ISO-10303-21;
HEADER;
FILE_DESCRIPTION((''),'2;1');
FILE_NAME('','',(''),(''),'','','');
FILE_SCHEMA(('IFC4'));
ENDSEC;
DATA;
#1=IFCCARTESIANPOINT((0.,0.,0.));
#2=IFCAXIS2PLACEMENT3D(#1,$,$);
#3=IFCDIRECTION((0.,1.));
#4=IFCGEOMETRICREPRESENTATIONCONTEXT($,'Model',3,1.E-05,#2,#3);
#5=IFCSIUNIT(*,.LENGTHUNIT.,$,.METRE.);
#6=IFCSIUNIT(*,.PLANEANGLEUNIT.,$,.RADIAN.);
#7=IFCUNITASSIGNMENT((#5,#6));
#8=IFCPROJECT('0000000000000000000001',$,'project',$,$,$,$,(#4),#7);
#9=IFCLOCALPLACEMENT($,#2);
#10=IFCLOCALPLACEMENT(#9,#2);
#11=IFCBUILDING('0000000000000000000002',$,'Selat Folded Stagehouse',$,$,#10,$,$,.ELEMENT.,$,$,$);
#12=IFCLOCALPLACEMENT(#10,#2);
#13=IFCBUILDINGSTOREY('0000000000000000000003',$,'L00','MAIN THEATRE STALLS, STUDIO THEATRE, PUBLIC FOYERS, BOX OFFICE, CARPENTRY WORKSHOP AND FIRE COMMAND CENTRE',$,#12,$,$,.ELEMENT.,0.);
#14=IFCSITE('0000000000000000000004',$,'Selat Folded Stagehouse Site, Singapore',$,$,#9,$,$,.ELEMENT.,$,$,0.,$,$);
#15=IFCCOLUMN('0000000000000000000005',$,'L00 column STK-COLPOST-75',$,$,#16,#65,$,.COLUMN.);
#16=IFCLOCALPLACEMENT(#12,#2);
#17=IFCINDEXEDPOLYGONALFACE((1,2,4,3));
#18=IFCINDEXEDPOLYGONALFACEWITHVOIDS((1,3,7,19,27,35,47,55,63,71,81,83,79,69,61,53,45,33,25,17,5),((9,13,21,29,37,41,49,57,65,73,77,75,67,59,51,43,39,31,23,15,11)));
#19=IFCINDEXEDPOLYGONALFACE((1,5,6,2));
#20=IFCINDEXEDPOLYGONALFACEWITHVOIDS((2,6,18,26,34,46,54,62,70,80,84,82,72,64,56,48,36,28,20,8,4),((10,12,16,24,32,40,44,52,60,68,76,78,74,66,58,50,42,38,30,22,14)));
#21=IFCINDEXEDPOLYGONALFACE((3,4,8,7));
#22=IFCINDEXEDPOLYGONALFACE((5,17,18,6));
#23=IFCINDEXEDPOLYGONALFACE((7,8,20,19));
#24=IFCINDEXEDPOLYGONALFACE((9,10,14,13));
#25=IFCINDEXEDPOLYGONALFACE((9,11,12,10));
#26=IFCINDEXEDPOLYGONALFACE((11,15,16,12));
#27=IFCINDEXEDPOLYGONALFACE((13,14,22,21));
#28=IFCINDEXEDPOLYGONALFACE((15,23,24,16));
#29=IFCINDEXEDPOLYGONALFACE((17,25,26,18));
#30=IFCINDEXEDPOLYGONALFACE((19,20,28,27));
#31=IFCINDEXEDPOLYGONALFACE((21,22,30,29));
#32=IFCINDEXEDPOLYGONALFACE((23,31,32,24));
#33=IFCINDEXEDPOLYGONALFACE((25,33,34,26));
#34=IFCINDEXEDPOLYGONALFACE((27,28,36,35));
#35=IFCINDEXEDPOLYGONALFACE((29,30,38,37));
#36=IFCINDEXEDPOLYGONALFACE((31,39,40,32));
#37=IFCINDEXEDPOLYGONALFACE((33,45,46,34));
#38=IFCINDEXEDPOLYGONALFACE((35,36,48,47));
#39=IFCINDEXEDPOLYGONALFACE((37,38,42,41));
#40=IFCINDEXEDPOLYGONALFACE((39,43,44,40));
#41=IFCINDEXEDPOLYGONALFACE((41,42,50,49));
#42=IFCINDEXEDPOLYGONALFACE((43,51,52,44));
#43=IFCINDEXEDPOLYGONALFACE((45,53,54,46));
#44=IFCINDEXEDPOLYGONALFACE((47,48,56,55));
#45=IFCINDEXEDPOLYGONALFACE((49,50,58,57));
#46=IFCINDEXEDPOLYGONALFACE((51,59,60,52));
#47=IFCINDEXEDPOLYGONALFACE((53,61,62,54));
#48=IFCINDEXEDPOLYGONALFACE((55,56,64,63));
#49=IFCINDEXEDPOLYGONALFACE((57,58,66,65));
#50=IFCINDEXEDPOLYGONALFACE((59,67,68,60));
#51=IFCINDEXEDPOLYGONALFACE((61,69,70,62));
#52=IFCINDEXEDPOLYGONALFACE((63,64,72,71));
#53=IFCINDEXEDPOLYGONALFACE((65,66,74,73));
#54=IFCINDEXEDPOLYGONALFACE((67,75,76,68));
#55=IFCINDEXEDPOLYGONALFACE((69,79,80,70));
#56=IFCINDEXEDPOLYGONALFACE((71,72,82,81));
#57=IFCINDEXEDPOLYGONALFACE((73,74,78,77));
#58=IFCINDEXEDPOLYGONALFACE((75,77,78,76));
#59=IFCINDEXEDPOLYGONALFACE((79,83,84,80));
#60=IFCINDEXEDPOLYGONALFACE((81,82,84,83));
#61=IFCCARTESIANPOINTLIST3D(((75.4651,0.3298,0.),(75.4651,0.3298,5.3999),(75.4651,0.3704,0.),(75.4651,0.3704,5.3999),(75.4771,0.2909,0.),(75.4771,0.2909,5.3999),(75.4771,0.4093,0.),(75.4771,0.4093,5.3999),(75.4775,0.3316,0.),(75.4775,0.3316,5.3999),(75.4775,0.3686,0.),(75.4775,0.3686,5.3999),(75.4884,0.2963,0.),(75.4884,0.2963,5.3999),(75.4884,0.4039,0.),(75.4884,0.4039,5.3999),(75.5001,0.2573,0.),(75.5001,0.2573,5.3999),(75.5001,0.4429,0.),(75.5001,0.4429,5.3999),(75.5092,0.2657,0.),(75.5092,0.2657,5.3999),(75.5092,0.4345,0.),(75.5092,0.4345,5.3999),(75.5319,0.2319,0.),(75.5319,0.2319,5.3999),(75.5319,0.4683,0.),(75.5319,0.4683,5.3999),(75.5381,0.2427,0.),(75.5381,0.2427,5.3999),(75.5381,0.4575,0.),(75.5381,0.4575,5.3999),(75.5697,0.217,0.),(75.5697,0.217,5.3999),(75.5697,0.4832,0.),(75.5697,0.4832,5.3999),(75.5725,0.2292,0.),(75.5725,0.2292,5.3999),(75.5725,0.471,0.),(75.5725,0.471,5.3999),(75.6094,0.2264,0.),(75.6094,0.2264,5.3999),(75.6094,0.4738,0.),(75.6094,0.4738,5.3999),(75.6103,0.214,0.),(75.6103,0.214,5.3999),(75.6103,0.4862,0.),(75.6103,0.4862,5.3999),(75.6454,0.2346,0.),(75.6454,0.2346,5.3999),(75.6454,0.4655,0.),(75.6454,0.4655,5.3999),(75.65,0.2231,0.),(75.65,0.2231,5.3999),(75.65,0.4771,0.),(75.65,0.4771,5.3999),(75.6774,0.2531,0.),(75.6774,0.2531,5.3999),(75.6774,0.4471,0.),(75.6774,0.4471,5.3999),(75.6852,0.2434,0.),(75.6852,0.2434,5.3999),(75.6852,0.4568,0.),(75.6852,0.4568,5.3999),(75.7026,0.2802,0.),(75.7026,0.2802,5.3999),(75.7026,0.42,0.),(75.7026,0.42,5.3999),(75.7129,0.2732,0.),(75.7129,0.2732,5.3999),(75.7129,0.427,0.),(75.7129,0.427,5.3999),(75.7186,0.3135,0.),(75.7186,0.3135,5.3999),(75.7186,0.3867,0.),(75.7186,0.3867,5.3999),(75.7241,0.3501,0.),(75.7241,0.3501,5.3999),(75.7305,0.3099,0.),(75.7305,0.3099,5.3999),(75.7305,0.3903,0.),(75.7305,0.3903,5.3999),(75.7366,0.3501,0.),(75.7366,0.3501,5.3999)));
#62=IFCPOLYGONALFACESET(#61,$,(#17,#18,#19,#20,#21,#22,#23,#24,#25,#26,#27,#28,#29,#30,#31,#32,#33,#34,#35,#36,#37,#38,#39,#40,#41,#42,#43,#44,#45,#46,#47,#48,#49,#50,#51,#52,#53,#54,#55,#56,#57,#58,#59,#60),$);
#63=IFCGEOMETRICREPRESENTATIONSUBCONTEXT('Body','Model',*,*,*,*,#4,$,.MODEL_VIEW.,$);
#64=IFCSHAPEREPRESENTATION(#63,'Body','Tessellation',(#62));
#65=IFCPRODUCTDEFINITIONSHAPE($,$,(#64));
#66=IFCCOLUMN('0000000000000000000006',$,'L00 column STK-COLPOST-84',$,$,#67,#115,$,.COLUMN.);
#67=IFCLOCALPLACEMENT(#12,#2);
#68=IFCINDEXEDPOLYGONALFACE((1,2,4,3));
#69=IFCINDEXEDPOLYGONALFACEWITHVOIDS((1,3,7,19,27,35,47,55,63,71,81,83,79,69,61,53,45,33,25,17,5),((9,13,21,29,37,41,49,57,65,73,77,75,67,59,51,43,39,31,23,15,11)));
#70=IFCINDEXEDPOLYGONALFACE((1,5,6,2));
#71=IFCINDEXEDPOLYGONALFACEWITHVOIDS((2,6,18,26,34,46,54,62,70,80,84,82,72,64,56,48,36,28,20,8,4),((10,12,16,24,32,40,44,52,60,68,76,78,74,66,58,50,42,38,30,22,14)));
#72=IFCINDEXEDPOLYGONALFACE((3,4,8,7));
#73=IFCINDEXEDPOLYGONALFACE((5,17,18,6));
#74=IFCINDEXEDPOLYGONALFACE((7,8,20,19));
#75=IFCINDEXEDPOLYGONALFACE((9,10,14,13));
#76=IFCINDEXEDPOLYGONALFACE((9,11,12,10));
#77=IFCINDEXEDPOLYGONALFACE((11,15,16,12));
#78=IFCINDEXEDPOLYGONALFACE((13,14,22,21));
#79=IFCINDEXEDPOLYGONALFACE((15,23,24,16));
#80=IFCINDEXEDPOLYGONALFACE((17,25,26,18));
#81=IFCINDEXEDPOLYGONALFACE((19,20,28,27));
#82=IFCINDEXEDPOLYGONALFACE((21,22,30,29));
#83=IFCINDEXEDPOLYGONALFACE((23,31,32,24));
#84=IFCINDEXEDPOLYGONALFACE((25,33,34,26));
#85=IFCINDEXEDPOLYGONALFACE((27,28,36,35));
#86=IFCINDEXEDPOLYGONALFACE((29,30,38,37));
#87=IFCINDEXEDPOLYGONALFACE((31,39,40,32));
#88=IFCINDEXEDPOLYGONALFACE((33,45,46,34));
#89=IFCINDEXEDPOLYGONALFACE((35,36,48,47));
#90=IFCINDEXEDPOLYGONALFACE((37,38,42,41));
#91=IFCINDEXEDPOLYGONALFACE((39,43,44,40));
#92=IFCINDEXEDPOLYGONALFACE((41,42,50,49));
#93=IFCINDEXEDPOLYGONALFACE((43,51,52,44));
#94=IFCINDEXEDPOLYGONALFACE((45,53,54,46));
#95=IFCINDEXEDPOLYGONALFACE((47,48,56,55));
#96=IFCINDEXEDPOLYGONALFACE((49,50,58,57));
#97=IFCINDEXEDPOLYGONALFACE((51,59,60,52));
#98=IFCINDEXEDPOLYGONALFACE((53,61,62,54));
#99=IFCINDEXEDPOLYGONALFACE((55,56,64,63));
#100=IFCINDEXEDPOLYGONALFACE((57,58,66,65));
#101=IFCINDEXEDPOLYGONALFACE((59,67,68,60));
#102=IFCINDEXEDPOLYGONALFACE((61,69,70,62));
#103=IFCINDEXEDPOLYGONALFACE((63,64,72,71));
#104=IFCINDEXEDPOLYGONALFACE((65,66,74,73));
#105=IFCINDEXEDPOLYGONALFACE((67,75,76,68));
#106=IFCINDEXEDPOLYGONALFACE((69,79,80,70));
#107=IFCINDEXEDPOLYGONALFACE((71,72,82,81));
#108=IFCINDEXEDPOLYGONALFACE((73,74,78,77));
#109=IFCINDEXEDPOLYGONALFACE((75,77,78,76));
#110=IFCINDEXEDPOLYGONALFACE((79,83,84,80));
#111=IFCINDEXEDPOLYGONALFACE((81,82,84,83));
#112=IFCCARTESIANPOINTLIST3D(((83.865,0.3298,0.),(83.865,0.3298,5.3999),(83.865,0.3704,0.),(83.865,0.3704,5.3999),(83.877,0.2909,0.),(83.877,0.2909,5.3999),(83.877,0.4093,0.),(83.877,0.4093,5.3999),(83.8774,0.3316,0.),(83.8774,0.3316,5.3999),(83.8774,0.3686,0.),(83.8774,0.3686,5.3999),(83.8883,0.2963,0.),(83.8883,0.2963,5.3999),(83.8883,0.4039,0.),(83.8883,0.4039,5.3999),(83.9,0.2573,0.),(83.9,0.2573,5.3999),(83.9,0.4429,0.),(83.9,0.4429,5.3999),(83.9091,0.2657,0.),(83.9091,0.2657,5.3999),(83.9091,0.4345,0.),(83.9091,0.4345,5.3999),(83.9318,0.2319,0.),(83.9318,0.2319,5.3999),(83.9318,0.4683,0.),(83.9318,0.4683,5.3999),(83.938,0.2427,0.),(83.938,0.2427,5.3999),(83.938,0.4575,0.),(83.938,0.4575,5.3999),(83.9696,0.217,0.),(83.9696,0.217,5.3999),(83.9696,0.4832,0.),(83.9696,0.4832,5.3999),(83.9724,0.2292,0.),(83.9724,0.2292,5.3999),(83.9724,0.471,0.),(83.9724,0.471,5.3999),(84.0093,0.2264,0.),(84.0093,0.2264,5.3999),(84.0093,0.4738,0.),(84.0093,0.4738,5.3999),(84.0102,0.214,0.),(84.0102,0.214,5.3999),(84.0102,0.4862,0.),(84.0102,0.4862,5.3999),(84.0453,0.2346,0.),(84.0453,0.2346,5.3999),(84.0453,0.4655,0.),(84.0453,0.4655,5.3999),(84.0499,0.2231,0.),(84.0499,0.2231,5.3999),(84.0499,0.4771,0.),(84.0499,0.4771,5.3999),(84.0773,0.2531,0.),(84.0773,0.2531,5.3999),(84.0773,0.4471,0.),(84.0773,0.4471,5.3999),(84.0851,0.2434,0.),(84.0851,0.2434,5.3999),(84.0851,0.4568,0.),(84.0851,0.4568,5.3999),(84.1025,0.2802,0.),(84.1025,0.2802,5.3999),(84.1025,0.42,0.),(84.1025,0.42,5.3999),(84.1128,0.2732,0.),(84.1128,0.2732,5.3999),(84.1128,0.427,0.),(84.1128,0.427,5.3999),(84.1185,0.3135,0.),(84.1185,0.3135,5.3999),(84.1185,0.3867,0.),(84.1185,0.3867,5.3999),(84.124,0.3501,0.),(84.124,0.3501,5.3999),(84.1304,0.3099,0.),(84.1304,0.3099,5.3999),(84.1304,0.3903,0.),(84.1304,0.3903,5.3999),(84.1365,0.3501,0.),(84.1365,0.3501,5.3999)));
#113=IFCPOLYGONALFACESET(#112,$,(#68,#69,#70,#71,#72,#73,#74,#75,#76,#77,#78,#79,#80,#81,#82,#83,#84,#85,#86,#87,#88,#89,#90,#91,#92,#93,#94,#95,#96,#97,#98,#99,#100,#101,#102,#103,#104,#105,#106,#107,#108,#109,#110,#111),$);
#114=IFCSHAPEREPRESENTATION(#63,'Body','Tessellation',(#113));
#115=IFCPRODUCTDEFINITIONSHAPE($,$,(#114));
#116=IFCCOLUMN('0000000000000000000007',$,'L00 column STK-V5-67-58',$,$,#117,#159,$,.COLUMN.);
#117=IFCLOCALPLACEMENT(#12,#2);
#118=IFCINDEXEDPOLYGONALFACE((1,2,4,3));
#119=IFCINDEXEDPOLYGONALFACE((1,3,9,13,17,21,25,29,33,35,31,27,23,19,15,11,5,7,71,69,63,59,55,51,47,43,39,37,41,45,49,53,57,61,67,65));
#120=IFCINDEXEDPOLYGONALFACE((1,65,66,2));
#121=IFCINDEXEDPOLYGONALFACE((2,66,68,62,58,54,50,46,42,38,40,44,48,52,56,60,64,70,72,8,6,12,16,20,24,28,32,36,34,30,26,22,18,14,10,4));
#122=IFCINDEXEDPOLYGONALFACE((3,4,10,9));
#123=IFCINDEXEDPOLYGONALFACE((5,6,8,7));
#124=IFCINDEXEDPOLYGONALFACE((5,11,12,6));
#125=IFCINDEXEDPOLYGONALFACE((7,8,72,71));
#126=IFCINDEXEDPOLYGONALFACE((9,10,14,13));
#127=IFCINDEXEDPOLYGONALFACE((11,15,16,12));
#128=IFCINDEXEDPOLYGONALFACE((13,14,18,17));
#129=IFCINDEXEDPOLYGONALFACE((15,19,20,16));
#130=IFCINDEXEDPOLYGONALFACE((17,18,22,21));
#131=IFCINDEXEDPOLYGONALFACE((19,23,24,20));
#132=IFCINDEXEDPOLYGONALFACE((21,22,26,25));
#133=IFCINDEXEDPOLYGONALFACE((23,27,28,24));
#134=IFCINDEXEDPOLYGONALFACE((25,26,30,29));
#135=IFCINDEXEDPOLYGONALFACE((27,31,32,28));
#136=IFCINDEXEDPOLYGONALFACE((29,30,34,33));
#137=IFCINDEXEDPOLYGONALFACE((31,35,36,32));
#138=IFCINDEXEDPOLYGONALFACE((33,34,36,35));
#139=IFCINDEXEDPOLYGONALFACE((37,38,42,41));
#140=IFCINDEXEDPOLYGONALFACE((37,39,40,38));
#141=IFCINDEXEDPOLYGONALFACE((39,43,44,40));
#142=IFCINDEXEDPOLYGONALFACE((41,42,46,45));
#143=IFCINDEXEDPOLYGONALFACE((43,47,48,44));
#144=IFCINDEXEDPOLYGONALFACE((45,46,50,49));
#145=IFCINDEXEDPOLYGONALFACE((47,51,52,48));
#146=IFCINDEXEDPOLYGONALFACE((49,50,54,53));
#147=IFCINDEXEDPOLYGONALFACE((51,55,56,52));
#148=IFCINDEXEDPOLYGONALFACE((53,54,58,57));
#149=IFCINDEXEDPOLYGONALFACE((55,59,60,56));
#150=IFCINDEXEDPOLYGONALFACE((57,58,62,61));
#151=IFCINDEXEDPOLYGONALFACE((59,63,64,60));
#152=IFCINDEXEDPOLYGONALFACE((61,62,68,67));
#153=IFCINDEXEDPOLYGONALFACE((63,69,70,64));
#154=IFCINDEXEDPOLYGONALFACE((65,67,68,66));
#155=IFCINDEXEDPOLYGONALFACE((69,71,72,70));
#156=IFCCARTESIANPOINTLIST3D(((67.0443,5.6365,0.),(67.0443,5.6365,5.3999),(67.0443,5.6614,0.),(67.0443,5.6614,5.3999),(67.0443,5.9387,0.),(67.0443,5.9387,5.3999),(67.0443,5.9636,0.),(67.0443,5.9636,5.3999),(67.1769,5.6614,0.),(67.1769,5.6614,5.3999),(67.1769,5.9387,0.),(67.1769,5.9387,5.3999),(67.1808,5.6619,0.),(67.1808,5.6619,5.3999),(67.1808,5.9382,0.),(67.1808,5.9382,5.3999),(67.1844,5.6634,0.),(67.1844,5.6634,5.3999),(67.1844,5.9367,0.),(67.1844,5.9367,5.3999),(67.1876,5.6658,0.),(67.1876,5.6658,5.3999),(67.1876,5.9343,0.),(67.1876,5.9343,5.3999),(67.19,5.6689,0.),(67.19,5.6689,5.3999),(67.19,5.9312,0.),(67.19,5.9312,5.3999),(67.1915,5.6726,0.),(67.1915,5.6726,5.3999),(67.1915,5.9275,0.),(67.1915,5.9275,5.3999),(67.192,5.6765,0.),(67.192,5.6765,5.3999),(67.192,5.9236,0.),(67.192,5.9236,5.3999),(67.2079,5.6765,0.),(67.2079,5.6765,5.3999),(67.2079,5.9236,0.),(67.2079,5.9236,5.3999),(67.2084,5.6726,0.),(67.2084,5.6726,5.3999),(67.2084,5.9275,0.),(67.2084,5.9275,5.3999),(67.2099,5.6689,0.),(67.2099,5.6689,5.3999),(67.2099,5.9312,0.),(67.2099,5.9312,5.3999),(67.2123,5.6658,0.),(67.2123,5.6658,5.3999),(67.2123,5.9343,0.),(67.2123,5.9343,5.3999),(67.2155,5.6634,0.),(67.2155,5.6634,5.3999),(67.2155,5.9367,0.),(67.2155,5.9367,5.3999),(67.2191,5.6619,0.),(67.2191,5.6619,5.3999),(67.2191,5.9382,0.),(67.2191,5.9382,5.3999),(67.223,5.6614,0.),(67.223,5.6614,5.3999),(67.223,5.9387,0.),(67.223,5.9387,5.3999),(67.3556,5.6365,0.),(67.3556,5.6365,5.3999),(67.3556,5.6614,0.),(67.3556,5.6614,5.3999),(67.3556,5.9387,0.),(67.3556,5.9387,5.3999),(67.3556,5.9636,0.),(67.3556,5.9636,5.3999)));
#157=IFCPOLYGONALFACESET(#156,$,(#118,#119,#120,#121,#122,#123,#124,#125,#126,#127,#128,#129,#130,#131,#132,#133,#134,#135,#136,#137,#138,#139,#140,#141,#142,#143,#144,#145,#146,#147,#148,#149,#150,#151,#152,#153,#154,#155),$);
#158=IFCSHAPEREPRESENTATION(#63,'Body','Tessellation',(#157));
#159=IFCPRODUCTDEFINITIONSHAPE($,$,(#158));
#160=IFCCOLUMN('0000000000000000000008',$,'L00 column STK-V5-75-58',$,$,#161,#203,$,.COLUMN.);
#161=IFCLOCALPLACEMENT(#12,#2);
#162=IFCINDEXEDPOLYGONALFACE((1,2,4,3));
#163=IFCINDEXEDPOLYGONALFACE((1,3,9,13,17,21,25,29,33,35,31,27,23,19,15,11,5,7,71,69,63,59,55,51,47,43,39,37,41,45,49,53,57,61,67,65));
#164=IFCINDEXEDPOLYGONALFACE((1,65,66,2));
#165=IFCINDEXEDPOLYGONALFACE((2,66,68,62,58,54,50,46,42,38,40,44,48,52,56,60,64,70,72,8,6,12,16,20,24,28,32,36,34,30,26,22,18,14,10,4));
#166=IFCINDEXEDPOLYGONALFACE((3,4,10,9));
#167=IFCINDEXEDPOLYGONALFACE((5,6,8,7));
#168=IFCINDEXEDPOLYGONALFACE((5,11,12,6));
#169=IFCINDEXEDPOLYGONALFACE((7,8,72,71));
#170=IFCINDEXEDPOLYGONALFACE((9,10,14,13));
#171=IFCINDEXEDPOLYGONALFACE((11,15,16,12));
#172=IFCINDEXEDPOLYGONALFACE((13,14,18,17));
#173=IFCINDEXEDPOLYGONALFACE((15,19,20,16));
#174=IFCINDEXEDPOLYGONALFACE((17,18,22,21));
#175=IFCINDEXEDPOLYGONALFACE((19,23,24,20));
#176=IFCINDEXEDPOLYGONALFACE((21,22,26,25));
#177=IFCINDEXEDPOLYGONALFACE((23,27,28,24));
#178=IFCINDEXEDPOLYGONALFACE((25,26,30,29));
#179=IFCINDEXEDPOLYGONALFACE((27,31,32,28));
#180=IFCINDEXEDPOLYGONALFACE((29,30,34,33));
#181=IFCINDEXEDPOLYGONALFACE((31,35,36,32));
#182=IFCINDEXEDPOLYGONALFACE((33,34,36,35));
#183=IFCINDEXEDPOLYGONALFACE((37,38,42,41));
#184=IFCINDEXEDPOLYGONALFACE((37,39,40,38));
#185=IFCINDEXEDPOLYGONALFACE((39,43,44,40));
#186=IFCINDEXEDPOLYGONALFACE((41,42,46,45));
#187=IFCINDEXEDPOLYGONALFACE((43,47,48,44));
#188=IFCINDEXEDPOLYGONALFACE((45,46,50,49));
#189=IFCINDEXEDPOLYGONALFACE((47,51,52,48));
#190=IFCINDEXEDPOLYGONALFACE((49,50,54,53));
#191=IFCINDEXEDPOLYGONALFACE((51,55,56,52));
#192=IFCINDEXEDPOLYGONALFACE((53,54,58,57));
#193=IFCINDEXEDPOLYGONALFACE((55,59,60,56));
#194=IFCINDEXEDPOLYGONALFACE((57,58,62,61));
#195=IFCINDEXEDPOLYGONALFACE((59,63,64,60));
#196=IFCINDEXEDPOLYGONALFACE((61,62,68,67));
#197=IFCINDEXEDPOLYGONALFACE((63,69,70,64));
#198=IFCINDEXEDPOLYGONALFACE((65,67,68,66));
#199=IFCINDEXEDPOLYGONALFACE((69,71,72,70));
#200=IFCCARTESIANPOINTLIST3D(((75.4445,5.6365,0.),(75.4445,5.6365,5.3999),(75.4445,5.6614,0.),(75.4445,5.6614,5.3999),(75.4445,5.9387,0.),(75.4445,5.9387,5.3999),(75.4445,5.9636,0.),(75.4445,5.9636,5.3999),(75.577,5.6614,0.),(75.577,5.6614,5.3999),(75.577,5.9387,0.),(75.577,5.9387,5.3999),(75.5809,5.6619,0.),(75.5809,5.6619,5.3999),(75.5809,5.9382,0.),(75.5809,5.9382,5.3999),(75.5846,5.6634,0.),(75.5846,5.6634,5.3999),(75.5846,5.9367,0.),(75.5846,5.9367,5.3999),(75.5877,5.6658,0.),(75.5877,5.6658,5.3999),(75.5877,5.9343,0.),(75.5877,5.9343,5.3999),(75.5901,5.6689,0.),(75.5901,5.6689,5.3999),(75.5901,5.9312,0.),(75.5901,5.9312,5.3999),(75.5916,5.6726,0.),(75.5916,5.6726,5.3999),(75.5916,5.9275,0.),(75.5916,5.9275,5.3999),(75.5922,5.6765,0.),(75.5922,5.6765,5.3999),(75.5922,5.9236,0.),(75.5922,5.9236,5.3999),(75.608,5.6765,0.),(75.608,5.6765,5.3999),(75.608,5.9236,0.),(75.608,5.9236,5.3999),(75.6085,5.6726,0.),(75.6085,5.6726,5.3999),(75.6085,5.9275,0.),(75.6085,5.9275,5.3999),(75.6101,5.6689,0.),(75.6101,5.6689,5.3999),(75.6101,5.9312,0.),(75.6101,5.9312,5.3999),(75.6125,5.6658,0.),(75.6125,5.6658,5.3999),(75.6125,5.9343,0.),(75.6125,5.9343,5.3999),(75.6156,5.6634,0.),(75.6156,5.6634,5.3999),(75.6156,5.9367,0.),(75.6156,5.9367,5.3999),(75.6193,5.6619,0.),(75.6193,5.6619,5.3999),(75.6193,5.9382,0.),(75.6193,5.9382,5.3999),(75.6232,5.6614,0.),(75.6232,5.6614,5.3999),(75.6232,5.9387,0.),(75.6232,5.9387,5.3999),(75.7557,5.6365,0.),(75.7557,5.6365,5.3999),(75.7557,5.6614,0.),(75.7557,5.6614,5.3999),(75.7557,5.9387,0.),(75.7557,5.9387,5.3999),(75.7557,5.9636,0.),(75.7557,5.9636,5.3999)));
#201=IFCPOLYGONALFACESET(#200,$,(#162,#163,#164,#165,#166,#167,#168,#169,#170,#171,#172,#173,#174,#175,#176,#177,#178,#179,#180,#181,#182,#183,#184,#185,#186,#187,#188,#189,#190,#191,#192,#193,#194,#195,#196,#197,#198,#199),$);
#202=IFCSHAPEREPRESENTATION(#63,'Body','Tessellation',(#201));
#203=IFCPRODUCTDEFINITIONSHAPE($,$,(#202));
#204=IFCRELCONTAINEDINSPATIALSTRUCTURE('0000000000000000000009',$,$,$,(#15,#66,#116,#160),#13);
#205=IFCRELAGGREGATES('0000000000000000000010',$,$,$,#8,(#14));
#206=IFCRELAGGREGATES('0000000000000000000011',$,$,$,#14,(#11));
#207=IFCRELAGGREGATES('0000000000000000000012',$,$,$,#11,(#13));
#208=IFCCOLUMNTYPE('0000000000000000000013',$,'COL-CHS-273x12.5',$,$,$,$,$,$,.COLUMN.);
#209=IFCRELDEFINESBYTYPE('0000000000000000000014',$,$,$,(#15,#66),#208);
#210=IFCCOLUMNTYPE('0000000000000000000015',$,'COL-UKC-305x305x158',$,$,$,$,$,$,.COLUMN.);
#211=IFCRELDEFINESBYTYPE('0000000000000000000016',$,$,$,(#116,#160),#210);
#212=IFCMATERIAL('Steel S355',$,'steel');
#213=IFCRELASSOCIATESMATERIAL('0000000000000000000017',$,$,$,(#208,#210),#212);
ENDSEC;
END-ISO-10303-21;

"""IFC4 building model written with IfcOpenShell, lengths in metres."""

from ifc_helpers import new_model, si_unit, direction, frame, origin, origin_2d, place, context, subcontext, project, spatial, hollow_circle, i_section, extrude, material, material_profile, profile_set, type_object, element, save


model = new_model("IFC4")

# Units and contexts
model_context = context("Model", 3, precision=1e-05, world=origin(), true_north=direction((0.0, 1.0)))
body_context = subcontext(model_context, "Body", "Model", "MODEL_VIEW")
ifc_project = project(units=[si_unit("LENGTHUNIT", "METRE"), si_unit("PLANEANGLEUNIT", "RADIAN")], contexts=[model_context])

# Site, building, storey
site_placement = place(None, origin())
site = spatial("IfcSite", under=ifc_project, at=site_placement, Name="Selat Folded Stagehouse Site, Singapore", CompositionType="ELEMENT", RefElevation=0.0)
building_placement = place(site_placement, origin())
building = spatial("IfcBuilding", under=site, at=building_placement, Name="Selat Folded Stagehouse", CompositionType="ELEMENT")
storey_placement = place(building_placement, origin())
storey = spatial("IfcBuildingStorey", under=building, at=storey_placement, Name="L00", Description="MAIN THEATRE STALLS, STUDIO THEATRE, PUBLIC FOYERS, BOX OFFICE, CARPENTRY WORKSHOP AND FIRE COMMAND CENTRE", CompositionType="ELEMENT", Elevation=0.0)

# Columns
ifc_material_1 = material(Name="Steel S355", Category="steel")
ifc_material_profile_1 = material_profile(ifc_material_1, hollow_circle(Radius=0.1365, WallThickness=0.0125, at=origin_2d()), Name="CHS 273.0x12.5")
ifc_profile_set_1 = profile_set([ifc_material_profile_1], Name="Steel S355")
column_type_1 = type_object("IfcColumnType", Name="COL-CHS-273x12.5", PredefinedType="COLUMN", material=ifc_profile_set_1)
for number, where, z_axis, x_axis, name in (
    (1, (75.6001, 0.3501, 0.0), (0.0, 0.0, 1.0), (1.0, 0.0, 0.0), "L00 column STK-COLPOST-75"),
    (2, (84.0, 0.3501, 0.0), (0.0, 0.0, 1.0), (1.0, 0.0, 0.0), "L00 column STK-COLPOST-84"),
):
    element("IfcColumn", number, at=place(storey_placement, frame(where, z_axis=z_axis, x_axis=x_axis)), inside=storey, type_object=column_type_1, Name=name, PredefinedType="COLUMN", context=body_context, shape_type="SweptSolid", body=[
        extrude(hollow_circle(Radius=0.1365, WallThickness=0.0125, at=origin_2d()), origin(), (0.0, 0.0, 1.0), 5.3999),
    ])
ifc_material_profile_2 = material_profile(ifc_material_1, i_section(OverallWidth=0.3113, OverallDepth=0.3271, WebThickness=0.0159, FlangeThickness=0.0249, FilletRadius=0.0151, at=origin_2d()), Name="UKC 305x305x158")
ifc_profile_set_2 = profile_set([ifc_material_profile_2], Name="Steel S355")
column_type_2 = type_object("IfcColumnType", Name="COL-UKC-305x305x158", PredefinedType="COLUMN", material=ifc_profile_set_2)
for number, where, z_axis, x_axis, name in (
    (3, (67.2, 5.8, 0.0), (0.0, 0.0, 1.0), (1.0, 0.0, 0.0), "L00 column STK-V5-67-58"),
    (4, (75.6001, 5.8, 0.0), (0.0, 0.0, 1.0), (1.0, 0.0, 0.0), "L00 column STK-V5-75-58"),
):
    element("IfcColumn", number, at=place(storey_placement, frame(where, z_axis=z_axis, x_axis=x_axis)), inside=storey, type_object=column_type_2, Name=name, PredefinedType="COLUMN", context=body_context, shape_type="SweptSolid", body=[
        extrude(i_section(OverallWidth=0.3113, OverallDepth=0.3271, WebThickness=0.0159, FlangeThickness=0.0249, FilletRadius=0.0151, at=origin_2d()), origin(), (0.0, 0.0, 1.0), 5.3999),
    ])

save(model, "model.ifc")
